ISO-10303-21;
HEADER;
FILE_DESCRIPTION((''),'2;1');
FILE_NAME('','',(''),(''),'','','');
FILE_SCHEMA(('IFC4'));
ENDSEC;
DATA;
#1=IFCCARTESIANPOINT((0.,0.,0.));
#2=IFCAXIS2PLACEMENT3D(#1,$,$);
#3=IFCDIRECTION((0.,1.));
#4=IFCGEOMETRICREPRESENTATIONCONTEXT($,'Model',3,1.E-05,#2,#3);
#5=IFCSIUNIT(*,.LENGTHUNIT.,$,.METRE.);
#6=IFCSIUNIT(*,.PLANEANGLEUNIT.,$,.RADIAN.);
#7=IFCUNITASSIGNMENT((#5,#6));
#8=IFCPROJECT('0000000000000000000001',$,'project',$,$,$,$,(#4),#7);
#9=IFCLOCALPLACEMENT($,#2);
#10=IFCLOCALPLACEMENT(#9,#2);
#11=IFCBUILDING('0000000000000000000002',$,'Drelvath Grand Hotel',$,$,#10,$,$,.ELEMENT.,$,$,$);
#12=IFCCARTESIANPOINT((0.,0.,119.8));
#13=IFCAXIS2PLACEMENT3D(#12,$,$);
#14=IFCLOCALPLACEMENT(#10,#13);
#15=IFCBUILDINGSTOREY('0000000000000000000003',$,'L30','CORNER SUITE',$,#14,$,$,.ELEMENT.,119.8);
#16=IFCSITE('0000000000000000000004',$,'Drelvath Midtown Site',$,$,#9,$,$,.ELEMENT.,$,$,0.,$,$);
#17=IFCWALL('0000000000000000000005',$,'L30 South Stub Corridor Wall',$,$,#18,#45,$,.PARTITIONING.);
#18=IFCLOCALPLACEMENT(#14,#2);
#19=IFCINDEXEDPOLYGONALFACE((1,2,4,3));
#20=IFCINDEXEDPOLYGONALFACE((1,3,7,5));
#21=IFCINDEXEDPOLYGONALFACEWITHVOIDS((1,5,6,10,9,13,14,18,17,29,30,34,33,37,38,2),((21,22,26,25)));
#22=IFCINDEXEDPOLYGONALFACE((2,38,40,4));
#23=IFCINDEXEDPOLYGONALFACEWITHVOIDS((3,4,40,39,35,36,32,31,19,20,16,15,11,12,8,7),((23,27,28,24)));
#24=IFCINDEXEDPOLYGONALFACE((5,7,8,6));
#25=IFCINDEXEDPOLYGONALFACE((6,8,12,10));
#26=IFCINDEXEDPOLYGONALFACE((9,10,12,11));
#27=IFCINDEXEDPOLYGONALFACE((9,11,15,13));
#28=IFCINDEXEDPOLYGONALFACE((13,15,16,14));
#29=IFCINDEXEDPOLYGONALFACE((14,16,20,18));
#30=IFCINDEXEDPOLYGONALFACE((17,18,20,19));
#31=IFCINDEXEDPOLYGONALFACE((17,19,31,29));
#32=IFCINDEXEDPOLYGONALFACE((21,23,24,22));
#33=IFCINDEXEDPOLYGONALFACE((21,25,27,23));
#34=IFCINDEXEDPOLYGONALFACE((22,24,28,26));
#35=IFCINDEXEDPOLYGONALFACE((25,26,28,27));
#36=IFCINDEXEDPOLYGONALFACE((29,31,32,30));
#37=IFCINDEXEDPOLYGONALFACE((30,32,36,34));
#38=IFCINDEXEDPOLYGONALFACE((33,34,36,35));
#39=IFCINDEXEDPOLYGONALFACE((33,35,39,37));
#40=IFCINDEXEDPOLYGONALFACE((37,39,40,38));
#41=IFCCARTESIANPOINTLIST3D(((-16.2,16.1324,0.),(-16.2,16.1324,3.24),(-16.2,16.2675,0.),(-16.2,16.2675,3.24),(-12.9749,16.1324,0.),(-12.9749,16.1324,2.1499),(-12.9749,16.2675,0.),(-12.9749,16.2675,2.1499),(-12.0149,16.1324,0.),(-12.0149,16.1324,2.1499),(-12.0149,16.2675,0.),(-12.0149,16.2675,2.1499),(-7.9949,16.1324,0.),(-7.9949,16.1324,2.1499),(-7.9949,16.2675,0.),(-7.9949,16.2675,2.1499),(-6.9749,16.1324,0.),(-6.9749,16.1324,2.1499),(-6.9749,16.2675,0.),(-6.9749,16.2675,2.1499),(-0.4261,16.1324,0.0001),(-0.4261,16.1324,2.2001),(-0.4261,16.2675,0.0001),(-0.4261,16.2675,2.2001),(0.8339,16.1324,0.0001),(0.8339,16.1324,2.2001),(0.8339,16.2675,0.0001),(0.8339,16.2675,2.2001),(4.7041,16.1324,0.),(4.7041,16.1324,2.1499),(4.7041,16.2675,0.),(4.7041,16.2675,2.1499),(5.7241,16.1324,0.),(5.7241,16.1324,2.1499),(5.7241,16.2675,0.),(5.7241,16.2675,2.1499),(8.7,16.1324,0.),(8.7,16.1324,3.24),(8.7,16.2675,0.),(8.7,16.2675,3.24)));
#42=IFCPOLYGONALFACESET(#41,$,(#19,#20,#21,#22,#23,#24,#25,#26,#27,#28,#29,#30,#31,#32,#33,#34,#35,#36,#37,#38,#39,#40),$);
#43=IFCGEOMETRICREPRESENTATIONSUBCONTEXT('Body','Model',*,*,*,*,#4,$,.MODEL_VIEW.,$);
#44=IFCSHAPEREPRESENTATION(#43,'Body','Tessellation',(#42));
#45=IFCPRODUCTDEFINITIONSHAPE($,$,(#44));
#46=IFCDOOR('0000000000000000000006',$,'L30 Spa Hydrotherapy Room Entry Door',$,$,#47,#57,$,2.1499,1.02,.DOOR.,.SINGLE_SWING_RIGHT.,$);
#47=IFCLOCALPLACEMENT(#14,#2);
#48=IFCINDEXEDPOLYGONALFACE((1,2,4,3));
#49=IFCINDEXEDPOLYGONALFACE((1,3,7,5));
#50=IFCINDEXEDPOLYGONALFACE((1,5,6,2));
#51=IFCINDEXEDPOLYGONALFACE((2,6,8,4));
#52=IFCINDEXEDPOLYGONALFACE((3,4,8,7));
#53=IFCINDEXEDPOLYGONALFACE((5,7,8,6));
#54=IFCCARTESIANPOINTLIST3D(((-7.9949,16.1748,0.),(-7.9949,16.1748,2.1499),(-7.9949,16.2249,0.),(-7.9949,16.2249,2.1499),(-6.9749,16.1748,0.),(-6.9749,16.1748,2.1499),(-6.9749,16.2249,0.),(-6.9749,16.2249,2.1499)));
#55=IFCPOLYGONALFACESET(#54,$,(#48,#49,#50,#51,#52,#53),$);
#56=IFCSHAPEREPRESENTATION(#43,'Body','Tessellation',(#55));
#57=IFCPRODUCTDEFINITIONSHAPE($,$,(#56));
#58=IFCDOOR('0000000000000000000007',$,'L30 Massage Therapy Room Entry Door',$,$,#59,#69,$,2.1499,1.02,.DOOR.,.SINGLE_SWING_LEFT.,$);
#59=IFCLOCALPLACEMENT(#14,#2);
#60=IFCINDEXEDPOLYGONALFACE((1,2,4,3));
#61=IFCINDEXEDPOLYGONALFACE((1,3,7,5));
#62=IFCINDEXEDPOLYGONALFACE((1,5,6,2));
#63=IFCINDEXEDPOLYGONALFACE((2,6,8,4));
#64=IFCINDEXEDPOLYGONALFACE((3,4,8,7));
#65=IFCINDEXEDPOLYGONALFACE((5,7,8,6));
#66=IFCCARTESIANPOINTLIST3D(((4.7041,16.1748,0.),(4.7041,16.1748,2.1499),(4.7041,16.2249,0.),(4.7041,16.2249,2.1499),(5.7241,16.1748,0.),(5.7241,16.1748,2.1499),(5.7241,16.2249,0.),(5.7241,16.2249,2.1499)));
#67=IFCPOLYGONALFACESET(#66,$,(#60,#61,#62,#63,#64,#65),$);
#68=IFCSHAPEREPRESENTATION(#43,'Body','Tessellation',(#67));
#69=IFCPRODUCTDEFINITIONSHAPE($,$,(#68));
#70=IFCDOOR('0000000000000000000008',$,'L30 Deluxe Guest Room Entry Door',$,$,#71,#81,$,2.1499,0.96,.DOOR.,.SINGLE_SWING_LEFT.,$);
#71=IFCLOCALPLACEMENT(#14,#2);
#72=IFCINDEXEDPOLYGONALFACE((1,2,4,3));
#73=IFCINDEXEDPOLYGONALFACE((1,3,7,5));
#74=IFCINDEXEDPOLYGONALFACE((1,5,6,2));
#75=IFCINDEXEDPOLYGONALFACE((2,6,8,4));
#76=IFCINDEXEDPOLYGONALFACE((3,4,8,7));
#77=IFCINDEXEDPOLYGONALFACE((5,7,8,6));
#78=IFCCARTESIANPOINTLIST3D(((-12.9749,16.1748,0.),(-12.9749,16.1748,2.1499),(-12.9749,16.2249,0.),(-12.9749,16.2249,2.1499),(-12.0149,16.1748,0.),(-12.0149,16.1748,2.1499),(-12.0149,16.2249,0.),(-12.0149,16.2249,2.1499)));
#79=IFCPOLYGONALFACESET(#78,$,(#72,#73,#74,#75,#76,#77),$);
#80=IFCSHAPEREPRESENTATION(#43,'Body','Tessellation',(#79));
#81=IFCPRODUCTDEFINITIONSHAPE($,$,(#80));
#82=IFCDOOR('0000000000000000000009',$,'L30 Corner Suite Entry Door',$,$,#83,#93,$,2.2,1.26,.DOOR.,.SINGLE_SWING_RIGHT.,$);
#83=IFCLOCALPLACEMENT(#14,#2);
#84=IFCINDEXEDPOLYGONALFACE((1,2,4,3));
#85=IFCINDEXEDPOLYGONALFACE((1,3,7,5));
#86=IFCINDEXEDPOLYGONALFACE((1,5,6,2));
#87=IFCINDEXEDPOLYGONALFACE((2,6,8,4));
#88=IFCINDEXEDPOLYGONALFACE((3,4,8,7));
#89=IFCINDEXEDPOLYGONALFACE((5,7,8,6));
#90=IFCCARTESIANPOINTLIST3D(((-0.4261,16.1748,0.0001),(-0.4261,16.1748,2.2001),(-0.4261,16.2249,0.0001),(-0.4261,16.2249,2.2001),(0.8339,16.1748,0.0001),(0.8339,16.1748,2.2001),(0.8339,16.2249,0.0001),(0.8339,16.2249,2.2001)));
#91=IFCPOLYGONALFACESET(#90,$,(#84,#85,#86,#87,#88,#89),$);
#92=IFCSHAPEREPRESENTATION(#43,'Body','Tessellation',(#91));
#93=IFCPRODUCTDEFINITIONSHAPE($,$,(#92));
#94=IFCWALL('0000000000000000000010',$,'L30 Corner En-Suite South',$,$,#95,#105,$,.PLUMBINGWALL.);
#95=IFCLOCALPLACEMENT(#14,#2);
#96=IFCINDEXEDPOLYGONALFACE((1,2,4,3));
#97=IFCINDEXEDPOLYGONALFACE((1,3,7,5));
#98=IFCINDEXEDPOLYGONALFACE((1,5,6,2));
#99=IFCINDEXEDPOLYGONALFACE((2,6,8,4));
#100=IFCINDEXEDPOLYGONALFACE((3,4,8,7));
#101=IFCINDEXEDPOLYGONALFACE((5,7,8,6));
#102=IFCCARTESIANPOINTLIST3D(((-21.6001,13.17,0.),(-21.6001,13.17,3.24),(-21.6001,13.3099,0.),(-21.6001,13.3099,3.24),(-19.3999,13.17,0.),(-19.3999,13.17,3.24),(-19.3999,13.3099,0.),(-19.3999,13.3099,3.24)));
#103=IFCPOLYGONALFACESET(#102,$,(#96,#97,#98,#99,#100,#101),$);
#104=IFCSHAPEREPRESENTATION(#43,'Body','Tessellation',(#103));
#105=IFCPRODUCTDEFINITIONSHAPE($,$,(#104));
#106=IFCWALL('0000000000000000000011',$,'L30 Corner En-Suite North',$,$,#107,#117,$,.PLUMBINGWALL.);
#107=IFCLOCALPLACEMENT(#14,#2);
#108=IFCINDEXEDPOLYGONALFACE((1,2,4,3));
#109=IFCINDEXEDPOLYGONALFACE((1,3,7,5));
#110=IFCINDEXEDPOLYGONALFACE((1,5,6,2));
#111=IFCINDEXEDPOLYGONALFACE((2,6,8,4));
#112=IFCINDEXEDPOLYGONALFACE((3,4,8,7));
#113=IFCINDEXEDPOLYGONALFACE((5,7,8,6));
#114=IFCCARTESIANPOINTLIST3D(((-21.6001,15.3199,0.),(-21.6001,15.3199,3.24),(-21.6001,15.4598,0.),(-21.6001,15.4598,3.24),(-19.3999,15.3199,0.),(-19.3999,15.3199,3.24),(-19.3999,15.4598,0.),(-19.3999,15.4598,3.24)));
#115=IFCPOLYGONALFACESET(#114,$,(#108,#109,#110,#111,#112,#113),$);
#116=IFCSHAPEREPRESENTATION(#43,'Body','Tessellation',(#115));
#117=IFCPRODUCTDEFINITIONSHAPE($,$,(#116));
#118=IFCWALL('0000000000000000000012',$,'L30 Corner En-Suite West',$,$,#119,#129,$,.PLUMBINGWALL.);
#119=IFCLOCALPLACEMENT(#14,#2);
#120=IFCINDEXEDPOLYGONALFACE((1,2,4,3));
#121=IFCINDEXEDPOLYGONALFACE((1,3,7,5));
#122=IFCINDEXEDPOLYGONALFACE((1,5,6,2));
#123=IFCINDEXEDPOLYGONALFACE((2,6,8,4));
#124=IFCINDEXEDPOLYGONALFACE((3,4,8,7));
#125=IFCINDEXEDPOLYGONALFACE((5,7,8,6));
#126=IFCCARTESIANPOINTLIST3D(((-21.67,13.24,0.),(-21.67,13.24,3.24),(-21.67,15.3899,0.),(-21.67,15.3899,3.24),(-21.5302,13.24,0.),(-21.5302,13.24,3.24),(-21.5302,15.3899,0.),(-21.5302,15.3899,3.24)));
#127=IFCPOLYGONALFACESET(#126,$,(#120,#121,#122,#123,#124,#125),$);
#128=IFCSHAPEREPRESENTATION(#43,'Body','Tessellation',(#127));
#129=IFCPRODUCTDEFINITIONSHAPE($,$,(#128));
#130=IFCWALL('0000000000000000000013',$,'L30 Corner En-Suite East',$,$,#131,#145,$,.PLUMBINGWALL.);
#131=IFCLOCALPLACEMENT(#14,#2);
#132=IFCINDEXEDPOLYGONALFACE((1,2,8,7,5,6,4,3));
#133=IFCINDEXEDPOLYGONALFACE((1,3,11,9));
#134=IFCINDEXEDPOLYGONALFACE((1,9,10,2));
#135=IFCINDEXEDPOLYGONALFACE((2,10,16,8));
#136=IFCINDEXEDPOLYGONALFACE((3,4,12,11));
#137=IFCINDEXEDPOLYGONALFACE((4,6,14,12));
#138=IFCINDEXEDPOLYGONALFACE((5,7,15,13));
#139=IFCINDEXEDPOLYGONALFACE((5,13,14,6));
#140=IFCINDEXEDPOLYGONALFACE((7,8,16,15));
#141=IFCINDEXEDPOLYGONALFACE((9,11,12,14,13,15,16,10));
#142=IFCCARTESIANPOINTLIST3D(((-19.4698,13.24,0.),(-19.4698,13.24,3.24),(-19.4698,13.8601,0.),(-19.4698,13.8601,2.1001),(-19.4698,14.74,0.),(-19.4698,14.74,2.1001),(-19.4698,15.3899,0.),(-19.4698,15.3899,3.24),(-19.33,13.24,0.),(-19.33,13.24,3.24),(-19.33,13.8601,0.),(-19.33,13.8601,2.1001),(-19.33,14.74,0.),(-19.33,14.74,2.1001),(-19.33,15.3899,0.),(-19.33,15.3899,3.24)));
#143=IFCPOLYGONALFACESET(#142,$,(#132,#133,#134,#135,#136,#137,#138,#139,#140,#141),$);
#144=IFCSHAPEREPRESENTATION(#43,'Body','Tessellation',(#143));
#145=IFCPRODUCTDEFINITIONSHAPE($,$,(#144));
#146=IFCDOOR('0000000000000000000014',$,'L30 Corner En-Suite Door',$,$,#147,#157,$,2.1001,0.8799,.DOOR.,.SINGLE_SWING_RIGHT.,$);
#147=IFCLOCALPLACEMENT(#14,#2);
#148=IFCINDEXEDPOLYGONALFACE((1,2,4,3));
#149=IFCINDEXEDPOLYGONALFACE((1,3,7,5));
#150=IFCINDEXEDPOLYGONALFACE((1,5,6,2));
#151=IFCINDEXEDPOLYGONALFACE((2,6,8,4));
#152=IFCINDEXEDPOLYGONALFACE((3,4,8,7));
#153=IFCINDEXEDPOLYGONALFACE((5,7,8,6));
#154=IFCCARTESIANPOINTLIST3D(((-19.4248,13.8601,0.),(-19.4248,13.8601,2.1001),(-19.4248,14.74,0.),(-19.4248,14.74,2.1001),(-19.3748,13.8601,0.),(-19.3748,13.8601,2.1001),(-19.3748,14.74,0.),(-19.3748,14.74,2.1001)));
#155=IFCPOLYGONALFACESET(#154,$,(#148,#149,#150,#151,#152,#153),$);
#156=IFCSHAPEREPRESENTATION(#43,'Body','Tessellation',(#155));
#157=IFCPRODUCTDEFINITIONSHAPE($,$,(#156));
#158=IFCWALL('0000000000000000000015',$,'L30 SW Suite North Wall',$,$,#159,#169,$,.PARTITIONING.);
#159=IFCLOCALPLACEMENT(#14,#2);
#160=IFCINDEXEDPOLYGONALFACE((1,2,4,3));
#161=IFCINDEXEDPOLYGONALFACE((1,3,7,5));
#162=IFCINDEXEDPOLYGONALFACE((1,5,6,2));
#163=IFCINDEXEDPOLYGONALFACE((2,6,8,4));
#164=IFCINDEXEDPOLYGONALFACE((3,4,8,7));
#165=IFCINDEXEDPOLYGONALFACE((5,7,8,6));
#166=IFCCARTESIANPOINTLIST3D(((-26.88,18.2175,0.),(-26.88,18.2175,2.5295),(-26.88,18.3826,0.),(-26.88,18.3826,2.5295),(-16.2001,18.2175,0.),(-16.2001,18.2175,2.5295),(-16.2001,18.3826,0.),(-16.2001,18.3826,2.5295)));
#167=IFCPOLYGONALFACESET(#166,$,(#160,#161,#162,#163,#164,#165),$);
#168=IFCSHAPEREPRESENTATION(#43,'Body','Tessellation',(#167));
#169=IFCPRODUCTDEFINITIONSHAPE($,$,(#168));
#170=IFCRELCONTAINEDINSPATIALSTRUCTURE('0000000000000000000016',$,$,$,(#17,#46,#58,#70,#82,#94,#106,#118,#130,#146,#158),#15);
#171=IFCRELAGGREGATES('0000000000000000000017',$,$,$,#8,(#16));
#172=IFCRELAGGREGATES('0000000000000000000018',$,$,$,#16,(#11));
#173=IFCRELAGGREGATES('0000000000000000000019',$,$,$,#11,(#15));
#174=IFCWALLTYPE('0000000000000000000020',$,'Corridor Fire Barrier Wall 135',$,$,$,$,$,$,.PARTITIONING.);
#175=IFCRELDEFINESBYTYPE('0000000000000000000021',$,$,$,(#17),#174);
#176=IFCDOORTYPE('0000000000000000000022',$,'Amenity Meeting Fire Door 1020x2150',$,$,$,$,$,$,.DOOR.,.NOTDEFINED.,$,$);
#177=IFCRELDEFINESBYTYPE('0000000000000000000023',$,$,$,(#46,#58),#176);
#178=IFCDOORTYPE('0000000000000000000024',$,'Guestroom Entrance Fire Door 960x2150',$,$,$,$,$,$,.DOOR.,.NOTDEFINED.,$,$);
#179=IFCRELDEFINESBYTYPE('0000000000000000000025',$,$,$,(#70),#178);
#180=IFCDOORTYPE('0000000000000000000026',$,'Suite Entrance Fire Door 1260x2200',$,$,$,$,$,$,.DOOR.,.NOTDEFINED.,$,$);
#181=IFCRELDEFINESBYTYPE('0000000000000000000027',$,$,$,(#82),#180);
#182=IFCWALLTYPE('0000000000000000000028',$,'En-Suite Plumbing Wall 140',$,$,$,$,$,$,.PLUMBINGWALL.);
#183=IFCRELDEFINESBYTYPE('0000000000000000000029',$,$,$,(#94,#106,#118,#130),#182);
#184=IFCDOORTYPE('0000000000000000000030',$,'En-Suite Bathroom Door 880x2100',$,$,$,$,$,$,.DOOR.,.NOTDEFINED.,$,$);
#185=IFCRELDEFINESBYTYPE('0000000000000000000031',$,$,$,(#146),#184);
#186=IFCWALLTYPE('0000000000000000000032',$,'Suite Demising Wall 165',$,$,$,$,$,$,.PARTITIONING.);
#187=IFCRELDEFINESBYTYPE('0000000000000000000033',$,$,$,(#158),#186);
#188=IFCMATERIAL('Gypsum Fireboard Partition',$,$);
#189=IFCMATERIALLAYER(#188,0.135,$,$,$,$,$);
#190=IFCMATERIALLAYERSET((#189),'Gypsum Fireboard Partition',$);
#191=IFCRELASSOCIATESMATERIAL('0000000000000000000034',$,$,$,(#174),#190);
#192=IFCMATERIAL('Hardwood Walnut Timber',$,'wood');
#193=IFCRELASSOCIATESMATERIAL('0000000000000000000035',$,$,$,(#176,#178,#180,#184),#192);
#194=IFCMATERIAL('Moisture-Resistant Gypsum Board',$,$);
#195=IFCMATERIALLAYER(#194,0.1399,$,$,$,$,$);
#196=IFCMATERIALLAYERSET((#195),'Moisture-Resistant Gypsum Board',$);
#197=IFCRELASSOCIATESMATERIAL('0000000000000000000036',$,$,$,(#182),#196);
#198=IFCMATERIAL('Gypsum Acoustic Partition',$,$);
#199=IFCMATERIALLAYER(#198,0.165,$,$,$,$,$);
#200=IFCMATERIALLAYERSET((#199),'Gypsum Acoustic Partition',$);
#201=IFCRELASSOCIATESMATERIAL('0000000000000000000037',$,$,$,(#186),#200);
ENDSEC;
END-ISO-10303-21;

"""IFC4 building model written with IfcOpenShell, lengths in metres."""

from ifc_helpers import new_model, si_unit, direction, frame, frame_2d, origin, place, context, subcontext, project, spatial, rectangle, extrude, material, layer, layer_set, type_object, element, fill, save


model = new_model("IFC4")

# Units and contexts
model_context = context("Model", 3, precision=1e-05, world=origin(), true_north=direction((0.0, 1.0)))
body_context = subcontext(model_context, "Body", "Model", "MODEL_VIEW")
ifc_project = project(units=[si_unit("LENGTHUNIT", "METRE"), si_unit("PLANEANGLEUNIT", "RADIAN")], contexts=[model_context])

# Site, building, storey
site_placement = place(None, origin())
site = spatial("IfcSite", under=ifc_project, at=site_placement, Name="Drelvath Midtown Site", CompositionType="ELEMENT", RefElevation=0.0)
building_placement = place(site_placement, origin())
building = spatial("IfcBuilding", under=site, at=building_placement, Name="Drelvath Grand Hotel", CompositionType="ELEMENT")
storey_placement = place(building_placement, frame((0.0, 0.0, 119.8)))
storey = spatial("IfcBuildingStorey", under=building, at=storey_placement, Name="L30", Description="CORNER SUITE", CompositionType="ELEMENT", Elevation=119.8)

# Shared definitions
ifc_material_1 = material(Name="Gypsum Fireboard Partition")
ifc_layer_1 = layer(ifc_material_1, 0.135)
ifc_layer_set_1 = layer_set([ifc_layer_1], Name="Gypsum Fireboard Partition")
wall_type_1 = type_object("IfcWallType", Name="Corridor Fire Barrier Wall 135", PredefinedType="PARTITIONING", material=ifc_layer_set_1)

# Wall, openings, doors
wall_1_placement = place(storey_placement, frame((-16.2, 16.2, 0.0), z_axis=(0.0, 0.0, 1.0), x_axis=(1.0, 0.0, 0.0)))
wall_1 = element("IfcWall", 1, at=wall_1_placement, inside=storey, type_object=wall_type_1, Name="L30 South Stub Corridor Wall", PredefinedType="PARTITIONING", context=body_context, shape_type="SweptSolid", body=[
    extrude(rectangle(XDim=24.8999, YDim=0.135, at=frame_2d((12.45, 0.0))), origin(), (0.0, 0.0, 1.0), 3.24),
])
opening_1_placement = place(wall_1_placement, frame((3.2251, 0.0, 0.0)))
opening_1 = element("IfcOpeningElement", 2, at=opening_1_placement, cuts=wall_1, PredefinedType="OPENING", context=body_context, shape_type="SweptSolid", body=[
    extrude(rectangle(XDim=0.96, YDim=2.1499, at=frame_2d((0.48, 1.075))), frame((0.0, 0.0774, 0.0), z_axis=(0.0, -1.0, 0.0), x_axis=(1.0, 0.0, 0.0)), (0.0, 0.0, 1.0), 0.155),
])
opening_2_placement = place(wall_1_placement, frame((8.2051, 0.0, 0.0)))
opening_2 = element("IfcOpeningElement", 3, at=opening_2_placement, cuts=wall_1, PredefinedType="OPENING", context=body_context, shape_type="SweptSolid", body=[
    extrude(rectangle(XDim=1.02, YDim=2.1499, at=frame_2d((0.51, 1.075))), frame((0.0, 0.0774, 0.0), z_axis=(0.0, -1.0, 0.0), x_axis=(1.0, 0.0, 0.0)), (0.0, 0.0, 1.0), 0.155),
])
opening_3_placement = place(wall_1_placement, frame((15.7739, 0.0, 0.0)))
opening_3 = element("IfcOpeningElement", 4, at=opening_3_placement, cuts=wall_1, PredefinedType="OPENING", context=body_context, shape_type="SweptSolid", body=[
    extrude(rectangle(XDim=1.26, YDim=2.2, at=frame_2d((0.6299, 1.1001))), frame((0.0, 0.0774, 0.0), z_axis=(0.0, -1.0, 0.0), x_axis=(1.0, 0.0, 0.0)), (0.0, 0.0, 1.0), 0.155),
])
opening_4_placement = place(wall_1_placement, frame((20.9041, 0.0, 0.0)))
opening_4 = element("IfcOpeningElement", 5, at=opening_4_placement, cuts=wall_1, PredefinedType="OPENING", context=body_context, shape_type="SweptSolid", body=[
    extrude(rectangle(XDim=1.02, YDim=2.1499, at=frame_2d((0.51, 1.075))), frame((0.0, 0.0774, 0.0), z_axis=(0.0, -1.0, 0.0), x_axis=(1.0, 0.0, 0.0)), (0.0, 0.0, 1.0), 0.155),
])
ifc_material_2 = material(Name="Hardwood Walnut Timber", Category="wood")
door_type_1 = type_object("IfcDoorType", Name="Amenity Meeting Fire Door 1020x2150", OperationType="NOTDEFINED", PredefinedType="DOOR", material=ifc_material_2)
door_1_placement = place(opening_2_placement, origin())
door_1 = element("IfcDoor", 6, at=door_1_placement, inside=storey, type_object=door_type_1, Name="L30 Spa Hydrotherapy Room Entry Door", OperationType="SINGLE_SWING_RIGHT", OverallHeight=2.1499, OverallWidth=1.02, PredefinedType="DOOR", context=body_context, shape_type="SweptSolid", body=[
    extrude(rectangle(XDim=1.02, YDim=2.1499, at=frame_2d((0.51, 1.075))), frame((0.0, 0.0249, 0.0), z_axis=(0.0, -1.0, 0.0), x_axis=(1.0, 0.0, 0.0)), (0.0, 0.0, 1.0), 0.05),
])
fill(opening_2, door_1)
door_2_placement = place(opening_4_placement, origin())
door_2 = element("IfcDoor", 7, at=door_2_placement, inside=storey, type_object=door_type_1, Name="L30 Massage Therapy Room Entry Door", OperationType="SINGLE_SWING_LEFT", OverallHeight=2.1499, OverallWidth=1.02, PredefinedType="DOOR", context=body_context, shape_type="SweptSolid", body=[
    extrude(rectangle(XDim=1.02, YDim=2.1499, at=frame_2d((0.51, 1.075))), frame((0.0, 0.0249, 0.0), z_axis=(0.0, -1.0, 0.0), x_axis=(1.0, 0.0, 0.0)), (0.0, 0.0, 1.0), 0.05),
])
fill(opening_4, door_2)
door_type_2 = type_object("IfcDoorType", Name="Guestroom Entrance Fire Door 960x2150", OperationType="NOTDEFINED", PredefinedType="DOOR", material=ifc_material_2)
door_3_placement = place(opening_1_placement, origin())
door_3 = element("IfcDoor", 8, at=door_3_placement, inside=storey, type_object=door_type_2, Name="L30 Deluxe Guest Room Entry Door", OperationType="SINGLE_SWING_LEFT", OverallHeight=2.1499, OverallWidth=0.96, PredefinedType="DOOR", context=body_context, shape_type="SweptSolid", body=[
    extrude(rectangle(XDim=0.96, YDim=2.1499, at=frame_2d((0.48, 1.075))), frame((0.0, 0.0249, 0.0), z_axis=(0.0, -1.0, 0.0), x_axis=(1.0, 0.0, 0.0)), (0.0, 0.0, 1.0), 0.05),
])
fill(opening_1, door_3)
door_type_3 = type_object("IfcDoorType", Name="Suite Entrance Fire Door 1260x2200", OperationType="NOTDEFINED", PredefinedType="DOOR", material=ifc_material_2)
door_4_placement = place(opening_3_placement, origin())
door_4 = element("IfcDoor", 9, at=door_4_placement, inside=storey, type_object=door_type_3, Name="L30 Corner Suite Entry Door", OperationType="SINGLE_SWING_RIGHT", OverallHeight=2.2, OverallWidth=1.26, PredefinedType="DOOR", context=body_context, shape_type="SweptSolid", body=[
    extrude(rectangle(XDim=1.26, YDim=2.2, at=frame_2d((0.6299, 1.1001))), frame((0.0, 0.0249, 0.0), z_axis=(0.0, -1.0, 0.0), x_axis=(1.0, 0.0, 0.0)), (0.0, 0.0, 1.0), 0.05),
])
fill(opening_3, door_4)

# Walls
ifc_material_3 = material(Name="Moisture-Resistant Gypsum Board")
ifc_layer_2 = layer(ifc_material_3, 0.1399)
ifc_layer_set_2 = layer_set([ifc_layer_2], Name="Moisture-Resistant Gypsum Board")
wall_type_2 = type_object("IfcWallType", Name="En-Suite Plumbing Wall 140", PredefinedType="PLUMBINGWALL", material=ifc_layer_set_2)
for number, where, z_axis, x_axis, name in (
    (10, (-21.6001, 13.24, 0.0), (0.0, 0.0, 1.0), (1.0, 0.0, 0.0), "L30 Corner En-Suite South"),
    (11, (-21.6001, 15.3899, 0.0), (0.0, 0.0, 1.0), (1.0, 0.0, 0.0), "L30 Corner En-Suite North"),
):
    element("IfcWall", number, at=place(storey_placement, frame(where, z_axis=z_axis, x_axis=x_axis)), inside=storey, type_object=wall_type_2, Name=name, PredefinedType="PLUMBINGWALL", context=body_context, shape_type="SweptSolid", body=[
        extrude(rectangle(XDim=2.2002, YDim=0.1399, at=frame_2d((1.1001, 0.0))), origin(), (0.0, 0.0, 1.0), 3.24),
    ])
wall_2_placement = place(storey_placement, frame((-21.6001, 13.24, 0.0), z_axis=(0.0, 0.0, 1.0), x_axis=(0.0, 1.0, 0.0)))
element("IfcWall", 12, at=wall_2_placement, inside=storey, type_object=wall_type_2, Name="L30 Corner En-Suite West", PredefinedType="PLUMBINGWALL", context=body_context, shape_type="SweptSolid", body=[
    extrude(rectangle(XDim=2.1499, YDim=0.1399, at=frame_2d((1.075, 0.0))), origin(), (0.0, 0.0, 1.0), 3.24),
])

# Wall, opening, door
wall_3_placement = place(storey_placement, frame((-19.3999, 13.24, 0.0), z_axis=(0.0, 0.0, 1.0), x_axis=(0.0, 1.0, 0.0)))
wall_3 = element("IfcWall", 13, at=wall_3_placement, inside=storey, type_object=wall_type_2, Name="L30 Corner En-Suite East", PredefinedType="PLUMBINGWALL", context=body_context, shape_type="SweptSolid", body=[
    extrude(rectangle(XDim=2.1499, YDim=0.1399, at=frame_2d((1.075, 0.0))), origin(), (0.0, 0.0, 1.0), 3.24),
])
opening_5_placement = place(wall_3_placement, frame((0.6201, 0.0, 0.0)))
opening_5 = element("IfcOpeningElement", 14, at=opening_5_placement, cuts=wall_3, PredefinedType="OPENING", context=body_context, shape_type="SweptSolid", body=[
    extrude(rectangle(XDim=0.8799, YDim=2.1001, at=frame_2d((0.4399, 1.05))), frame((0.0, 0.0798, 0.0), z_axis=(0.0, -1.0, 0.0), x_axis=(1.0, 0.0, 0.0)), (0.0, 0.0, 1.0), 0.1599),
])
door_type_4 = type_object("IfcDoorType", Name="En-Suite Bathroom Door 880x2100", OperationType="NOTDEFINED", PredefinedType="DOOR", material=ifc_material_2)
door_5_placement = place(opening_5_placement, origin())
door_5 = element("IfcDoor", 15, at=door_5_placement, inside=storey, type_object=door_type_4, Name="L30 Corner En-Suite Door", OperationType="SINGLE_SWING_RIGHT", OverallHeight=2.1001, OverallWidth=0.8799, PredefinedType="DOOR", context=body_context, shape_type="SweptSolid", body=[
    extrude(rectangle(XDim=0.8799, YDim=2.1001, at=frame_2d((0.4399, 1.05))), frame((0.0, 0.0249, 0.0), z_axis=(0.0, -1.0, 0.0), x_axis=(1.0, 0.0, 0.0)), (0.0, 0.0, 1.0), 0.05),
])
fill(opening_5, door_5)

# Wall
ifc_material_4 = material(Name="Gypsum Acoustic Partition")
ifc_layer_3 = layer(ifc_material_4, 0.165)
ifc_layer_set_3 = layer_set([ifc_layer_3], Name="Gypsum Acoustic Partition")
wall_type_3 = type_object("IfcWallType", Name="Suite Demising Wall 165", PredefinedType="PARTITIONING", material=ifc_layer_set_3)
wall_4_placement = place(storey_placement, frame((-26.8799, 18.3, 0.0), z_axis=(0.0, 0.0, 1.0), x_axis=(1.0, 0.0, 0.0)))
element("IfcWall", 16, at=wall_4_placement, inside=storey, type_object=wall_type_3, Name="L30 SW Suite North Wall", PredefinedType="PARTITIONING", context=body_context, shape_type="SweptSolid", body=[
    extrude(rectangle(XDim=10.6799, YDim=0.165, at=frame_2d((5.3398, 0.0))), origin(), (0.0, 0.0, 1.0), 2.5295),
])

save(model, "model.ifc")
